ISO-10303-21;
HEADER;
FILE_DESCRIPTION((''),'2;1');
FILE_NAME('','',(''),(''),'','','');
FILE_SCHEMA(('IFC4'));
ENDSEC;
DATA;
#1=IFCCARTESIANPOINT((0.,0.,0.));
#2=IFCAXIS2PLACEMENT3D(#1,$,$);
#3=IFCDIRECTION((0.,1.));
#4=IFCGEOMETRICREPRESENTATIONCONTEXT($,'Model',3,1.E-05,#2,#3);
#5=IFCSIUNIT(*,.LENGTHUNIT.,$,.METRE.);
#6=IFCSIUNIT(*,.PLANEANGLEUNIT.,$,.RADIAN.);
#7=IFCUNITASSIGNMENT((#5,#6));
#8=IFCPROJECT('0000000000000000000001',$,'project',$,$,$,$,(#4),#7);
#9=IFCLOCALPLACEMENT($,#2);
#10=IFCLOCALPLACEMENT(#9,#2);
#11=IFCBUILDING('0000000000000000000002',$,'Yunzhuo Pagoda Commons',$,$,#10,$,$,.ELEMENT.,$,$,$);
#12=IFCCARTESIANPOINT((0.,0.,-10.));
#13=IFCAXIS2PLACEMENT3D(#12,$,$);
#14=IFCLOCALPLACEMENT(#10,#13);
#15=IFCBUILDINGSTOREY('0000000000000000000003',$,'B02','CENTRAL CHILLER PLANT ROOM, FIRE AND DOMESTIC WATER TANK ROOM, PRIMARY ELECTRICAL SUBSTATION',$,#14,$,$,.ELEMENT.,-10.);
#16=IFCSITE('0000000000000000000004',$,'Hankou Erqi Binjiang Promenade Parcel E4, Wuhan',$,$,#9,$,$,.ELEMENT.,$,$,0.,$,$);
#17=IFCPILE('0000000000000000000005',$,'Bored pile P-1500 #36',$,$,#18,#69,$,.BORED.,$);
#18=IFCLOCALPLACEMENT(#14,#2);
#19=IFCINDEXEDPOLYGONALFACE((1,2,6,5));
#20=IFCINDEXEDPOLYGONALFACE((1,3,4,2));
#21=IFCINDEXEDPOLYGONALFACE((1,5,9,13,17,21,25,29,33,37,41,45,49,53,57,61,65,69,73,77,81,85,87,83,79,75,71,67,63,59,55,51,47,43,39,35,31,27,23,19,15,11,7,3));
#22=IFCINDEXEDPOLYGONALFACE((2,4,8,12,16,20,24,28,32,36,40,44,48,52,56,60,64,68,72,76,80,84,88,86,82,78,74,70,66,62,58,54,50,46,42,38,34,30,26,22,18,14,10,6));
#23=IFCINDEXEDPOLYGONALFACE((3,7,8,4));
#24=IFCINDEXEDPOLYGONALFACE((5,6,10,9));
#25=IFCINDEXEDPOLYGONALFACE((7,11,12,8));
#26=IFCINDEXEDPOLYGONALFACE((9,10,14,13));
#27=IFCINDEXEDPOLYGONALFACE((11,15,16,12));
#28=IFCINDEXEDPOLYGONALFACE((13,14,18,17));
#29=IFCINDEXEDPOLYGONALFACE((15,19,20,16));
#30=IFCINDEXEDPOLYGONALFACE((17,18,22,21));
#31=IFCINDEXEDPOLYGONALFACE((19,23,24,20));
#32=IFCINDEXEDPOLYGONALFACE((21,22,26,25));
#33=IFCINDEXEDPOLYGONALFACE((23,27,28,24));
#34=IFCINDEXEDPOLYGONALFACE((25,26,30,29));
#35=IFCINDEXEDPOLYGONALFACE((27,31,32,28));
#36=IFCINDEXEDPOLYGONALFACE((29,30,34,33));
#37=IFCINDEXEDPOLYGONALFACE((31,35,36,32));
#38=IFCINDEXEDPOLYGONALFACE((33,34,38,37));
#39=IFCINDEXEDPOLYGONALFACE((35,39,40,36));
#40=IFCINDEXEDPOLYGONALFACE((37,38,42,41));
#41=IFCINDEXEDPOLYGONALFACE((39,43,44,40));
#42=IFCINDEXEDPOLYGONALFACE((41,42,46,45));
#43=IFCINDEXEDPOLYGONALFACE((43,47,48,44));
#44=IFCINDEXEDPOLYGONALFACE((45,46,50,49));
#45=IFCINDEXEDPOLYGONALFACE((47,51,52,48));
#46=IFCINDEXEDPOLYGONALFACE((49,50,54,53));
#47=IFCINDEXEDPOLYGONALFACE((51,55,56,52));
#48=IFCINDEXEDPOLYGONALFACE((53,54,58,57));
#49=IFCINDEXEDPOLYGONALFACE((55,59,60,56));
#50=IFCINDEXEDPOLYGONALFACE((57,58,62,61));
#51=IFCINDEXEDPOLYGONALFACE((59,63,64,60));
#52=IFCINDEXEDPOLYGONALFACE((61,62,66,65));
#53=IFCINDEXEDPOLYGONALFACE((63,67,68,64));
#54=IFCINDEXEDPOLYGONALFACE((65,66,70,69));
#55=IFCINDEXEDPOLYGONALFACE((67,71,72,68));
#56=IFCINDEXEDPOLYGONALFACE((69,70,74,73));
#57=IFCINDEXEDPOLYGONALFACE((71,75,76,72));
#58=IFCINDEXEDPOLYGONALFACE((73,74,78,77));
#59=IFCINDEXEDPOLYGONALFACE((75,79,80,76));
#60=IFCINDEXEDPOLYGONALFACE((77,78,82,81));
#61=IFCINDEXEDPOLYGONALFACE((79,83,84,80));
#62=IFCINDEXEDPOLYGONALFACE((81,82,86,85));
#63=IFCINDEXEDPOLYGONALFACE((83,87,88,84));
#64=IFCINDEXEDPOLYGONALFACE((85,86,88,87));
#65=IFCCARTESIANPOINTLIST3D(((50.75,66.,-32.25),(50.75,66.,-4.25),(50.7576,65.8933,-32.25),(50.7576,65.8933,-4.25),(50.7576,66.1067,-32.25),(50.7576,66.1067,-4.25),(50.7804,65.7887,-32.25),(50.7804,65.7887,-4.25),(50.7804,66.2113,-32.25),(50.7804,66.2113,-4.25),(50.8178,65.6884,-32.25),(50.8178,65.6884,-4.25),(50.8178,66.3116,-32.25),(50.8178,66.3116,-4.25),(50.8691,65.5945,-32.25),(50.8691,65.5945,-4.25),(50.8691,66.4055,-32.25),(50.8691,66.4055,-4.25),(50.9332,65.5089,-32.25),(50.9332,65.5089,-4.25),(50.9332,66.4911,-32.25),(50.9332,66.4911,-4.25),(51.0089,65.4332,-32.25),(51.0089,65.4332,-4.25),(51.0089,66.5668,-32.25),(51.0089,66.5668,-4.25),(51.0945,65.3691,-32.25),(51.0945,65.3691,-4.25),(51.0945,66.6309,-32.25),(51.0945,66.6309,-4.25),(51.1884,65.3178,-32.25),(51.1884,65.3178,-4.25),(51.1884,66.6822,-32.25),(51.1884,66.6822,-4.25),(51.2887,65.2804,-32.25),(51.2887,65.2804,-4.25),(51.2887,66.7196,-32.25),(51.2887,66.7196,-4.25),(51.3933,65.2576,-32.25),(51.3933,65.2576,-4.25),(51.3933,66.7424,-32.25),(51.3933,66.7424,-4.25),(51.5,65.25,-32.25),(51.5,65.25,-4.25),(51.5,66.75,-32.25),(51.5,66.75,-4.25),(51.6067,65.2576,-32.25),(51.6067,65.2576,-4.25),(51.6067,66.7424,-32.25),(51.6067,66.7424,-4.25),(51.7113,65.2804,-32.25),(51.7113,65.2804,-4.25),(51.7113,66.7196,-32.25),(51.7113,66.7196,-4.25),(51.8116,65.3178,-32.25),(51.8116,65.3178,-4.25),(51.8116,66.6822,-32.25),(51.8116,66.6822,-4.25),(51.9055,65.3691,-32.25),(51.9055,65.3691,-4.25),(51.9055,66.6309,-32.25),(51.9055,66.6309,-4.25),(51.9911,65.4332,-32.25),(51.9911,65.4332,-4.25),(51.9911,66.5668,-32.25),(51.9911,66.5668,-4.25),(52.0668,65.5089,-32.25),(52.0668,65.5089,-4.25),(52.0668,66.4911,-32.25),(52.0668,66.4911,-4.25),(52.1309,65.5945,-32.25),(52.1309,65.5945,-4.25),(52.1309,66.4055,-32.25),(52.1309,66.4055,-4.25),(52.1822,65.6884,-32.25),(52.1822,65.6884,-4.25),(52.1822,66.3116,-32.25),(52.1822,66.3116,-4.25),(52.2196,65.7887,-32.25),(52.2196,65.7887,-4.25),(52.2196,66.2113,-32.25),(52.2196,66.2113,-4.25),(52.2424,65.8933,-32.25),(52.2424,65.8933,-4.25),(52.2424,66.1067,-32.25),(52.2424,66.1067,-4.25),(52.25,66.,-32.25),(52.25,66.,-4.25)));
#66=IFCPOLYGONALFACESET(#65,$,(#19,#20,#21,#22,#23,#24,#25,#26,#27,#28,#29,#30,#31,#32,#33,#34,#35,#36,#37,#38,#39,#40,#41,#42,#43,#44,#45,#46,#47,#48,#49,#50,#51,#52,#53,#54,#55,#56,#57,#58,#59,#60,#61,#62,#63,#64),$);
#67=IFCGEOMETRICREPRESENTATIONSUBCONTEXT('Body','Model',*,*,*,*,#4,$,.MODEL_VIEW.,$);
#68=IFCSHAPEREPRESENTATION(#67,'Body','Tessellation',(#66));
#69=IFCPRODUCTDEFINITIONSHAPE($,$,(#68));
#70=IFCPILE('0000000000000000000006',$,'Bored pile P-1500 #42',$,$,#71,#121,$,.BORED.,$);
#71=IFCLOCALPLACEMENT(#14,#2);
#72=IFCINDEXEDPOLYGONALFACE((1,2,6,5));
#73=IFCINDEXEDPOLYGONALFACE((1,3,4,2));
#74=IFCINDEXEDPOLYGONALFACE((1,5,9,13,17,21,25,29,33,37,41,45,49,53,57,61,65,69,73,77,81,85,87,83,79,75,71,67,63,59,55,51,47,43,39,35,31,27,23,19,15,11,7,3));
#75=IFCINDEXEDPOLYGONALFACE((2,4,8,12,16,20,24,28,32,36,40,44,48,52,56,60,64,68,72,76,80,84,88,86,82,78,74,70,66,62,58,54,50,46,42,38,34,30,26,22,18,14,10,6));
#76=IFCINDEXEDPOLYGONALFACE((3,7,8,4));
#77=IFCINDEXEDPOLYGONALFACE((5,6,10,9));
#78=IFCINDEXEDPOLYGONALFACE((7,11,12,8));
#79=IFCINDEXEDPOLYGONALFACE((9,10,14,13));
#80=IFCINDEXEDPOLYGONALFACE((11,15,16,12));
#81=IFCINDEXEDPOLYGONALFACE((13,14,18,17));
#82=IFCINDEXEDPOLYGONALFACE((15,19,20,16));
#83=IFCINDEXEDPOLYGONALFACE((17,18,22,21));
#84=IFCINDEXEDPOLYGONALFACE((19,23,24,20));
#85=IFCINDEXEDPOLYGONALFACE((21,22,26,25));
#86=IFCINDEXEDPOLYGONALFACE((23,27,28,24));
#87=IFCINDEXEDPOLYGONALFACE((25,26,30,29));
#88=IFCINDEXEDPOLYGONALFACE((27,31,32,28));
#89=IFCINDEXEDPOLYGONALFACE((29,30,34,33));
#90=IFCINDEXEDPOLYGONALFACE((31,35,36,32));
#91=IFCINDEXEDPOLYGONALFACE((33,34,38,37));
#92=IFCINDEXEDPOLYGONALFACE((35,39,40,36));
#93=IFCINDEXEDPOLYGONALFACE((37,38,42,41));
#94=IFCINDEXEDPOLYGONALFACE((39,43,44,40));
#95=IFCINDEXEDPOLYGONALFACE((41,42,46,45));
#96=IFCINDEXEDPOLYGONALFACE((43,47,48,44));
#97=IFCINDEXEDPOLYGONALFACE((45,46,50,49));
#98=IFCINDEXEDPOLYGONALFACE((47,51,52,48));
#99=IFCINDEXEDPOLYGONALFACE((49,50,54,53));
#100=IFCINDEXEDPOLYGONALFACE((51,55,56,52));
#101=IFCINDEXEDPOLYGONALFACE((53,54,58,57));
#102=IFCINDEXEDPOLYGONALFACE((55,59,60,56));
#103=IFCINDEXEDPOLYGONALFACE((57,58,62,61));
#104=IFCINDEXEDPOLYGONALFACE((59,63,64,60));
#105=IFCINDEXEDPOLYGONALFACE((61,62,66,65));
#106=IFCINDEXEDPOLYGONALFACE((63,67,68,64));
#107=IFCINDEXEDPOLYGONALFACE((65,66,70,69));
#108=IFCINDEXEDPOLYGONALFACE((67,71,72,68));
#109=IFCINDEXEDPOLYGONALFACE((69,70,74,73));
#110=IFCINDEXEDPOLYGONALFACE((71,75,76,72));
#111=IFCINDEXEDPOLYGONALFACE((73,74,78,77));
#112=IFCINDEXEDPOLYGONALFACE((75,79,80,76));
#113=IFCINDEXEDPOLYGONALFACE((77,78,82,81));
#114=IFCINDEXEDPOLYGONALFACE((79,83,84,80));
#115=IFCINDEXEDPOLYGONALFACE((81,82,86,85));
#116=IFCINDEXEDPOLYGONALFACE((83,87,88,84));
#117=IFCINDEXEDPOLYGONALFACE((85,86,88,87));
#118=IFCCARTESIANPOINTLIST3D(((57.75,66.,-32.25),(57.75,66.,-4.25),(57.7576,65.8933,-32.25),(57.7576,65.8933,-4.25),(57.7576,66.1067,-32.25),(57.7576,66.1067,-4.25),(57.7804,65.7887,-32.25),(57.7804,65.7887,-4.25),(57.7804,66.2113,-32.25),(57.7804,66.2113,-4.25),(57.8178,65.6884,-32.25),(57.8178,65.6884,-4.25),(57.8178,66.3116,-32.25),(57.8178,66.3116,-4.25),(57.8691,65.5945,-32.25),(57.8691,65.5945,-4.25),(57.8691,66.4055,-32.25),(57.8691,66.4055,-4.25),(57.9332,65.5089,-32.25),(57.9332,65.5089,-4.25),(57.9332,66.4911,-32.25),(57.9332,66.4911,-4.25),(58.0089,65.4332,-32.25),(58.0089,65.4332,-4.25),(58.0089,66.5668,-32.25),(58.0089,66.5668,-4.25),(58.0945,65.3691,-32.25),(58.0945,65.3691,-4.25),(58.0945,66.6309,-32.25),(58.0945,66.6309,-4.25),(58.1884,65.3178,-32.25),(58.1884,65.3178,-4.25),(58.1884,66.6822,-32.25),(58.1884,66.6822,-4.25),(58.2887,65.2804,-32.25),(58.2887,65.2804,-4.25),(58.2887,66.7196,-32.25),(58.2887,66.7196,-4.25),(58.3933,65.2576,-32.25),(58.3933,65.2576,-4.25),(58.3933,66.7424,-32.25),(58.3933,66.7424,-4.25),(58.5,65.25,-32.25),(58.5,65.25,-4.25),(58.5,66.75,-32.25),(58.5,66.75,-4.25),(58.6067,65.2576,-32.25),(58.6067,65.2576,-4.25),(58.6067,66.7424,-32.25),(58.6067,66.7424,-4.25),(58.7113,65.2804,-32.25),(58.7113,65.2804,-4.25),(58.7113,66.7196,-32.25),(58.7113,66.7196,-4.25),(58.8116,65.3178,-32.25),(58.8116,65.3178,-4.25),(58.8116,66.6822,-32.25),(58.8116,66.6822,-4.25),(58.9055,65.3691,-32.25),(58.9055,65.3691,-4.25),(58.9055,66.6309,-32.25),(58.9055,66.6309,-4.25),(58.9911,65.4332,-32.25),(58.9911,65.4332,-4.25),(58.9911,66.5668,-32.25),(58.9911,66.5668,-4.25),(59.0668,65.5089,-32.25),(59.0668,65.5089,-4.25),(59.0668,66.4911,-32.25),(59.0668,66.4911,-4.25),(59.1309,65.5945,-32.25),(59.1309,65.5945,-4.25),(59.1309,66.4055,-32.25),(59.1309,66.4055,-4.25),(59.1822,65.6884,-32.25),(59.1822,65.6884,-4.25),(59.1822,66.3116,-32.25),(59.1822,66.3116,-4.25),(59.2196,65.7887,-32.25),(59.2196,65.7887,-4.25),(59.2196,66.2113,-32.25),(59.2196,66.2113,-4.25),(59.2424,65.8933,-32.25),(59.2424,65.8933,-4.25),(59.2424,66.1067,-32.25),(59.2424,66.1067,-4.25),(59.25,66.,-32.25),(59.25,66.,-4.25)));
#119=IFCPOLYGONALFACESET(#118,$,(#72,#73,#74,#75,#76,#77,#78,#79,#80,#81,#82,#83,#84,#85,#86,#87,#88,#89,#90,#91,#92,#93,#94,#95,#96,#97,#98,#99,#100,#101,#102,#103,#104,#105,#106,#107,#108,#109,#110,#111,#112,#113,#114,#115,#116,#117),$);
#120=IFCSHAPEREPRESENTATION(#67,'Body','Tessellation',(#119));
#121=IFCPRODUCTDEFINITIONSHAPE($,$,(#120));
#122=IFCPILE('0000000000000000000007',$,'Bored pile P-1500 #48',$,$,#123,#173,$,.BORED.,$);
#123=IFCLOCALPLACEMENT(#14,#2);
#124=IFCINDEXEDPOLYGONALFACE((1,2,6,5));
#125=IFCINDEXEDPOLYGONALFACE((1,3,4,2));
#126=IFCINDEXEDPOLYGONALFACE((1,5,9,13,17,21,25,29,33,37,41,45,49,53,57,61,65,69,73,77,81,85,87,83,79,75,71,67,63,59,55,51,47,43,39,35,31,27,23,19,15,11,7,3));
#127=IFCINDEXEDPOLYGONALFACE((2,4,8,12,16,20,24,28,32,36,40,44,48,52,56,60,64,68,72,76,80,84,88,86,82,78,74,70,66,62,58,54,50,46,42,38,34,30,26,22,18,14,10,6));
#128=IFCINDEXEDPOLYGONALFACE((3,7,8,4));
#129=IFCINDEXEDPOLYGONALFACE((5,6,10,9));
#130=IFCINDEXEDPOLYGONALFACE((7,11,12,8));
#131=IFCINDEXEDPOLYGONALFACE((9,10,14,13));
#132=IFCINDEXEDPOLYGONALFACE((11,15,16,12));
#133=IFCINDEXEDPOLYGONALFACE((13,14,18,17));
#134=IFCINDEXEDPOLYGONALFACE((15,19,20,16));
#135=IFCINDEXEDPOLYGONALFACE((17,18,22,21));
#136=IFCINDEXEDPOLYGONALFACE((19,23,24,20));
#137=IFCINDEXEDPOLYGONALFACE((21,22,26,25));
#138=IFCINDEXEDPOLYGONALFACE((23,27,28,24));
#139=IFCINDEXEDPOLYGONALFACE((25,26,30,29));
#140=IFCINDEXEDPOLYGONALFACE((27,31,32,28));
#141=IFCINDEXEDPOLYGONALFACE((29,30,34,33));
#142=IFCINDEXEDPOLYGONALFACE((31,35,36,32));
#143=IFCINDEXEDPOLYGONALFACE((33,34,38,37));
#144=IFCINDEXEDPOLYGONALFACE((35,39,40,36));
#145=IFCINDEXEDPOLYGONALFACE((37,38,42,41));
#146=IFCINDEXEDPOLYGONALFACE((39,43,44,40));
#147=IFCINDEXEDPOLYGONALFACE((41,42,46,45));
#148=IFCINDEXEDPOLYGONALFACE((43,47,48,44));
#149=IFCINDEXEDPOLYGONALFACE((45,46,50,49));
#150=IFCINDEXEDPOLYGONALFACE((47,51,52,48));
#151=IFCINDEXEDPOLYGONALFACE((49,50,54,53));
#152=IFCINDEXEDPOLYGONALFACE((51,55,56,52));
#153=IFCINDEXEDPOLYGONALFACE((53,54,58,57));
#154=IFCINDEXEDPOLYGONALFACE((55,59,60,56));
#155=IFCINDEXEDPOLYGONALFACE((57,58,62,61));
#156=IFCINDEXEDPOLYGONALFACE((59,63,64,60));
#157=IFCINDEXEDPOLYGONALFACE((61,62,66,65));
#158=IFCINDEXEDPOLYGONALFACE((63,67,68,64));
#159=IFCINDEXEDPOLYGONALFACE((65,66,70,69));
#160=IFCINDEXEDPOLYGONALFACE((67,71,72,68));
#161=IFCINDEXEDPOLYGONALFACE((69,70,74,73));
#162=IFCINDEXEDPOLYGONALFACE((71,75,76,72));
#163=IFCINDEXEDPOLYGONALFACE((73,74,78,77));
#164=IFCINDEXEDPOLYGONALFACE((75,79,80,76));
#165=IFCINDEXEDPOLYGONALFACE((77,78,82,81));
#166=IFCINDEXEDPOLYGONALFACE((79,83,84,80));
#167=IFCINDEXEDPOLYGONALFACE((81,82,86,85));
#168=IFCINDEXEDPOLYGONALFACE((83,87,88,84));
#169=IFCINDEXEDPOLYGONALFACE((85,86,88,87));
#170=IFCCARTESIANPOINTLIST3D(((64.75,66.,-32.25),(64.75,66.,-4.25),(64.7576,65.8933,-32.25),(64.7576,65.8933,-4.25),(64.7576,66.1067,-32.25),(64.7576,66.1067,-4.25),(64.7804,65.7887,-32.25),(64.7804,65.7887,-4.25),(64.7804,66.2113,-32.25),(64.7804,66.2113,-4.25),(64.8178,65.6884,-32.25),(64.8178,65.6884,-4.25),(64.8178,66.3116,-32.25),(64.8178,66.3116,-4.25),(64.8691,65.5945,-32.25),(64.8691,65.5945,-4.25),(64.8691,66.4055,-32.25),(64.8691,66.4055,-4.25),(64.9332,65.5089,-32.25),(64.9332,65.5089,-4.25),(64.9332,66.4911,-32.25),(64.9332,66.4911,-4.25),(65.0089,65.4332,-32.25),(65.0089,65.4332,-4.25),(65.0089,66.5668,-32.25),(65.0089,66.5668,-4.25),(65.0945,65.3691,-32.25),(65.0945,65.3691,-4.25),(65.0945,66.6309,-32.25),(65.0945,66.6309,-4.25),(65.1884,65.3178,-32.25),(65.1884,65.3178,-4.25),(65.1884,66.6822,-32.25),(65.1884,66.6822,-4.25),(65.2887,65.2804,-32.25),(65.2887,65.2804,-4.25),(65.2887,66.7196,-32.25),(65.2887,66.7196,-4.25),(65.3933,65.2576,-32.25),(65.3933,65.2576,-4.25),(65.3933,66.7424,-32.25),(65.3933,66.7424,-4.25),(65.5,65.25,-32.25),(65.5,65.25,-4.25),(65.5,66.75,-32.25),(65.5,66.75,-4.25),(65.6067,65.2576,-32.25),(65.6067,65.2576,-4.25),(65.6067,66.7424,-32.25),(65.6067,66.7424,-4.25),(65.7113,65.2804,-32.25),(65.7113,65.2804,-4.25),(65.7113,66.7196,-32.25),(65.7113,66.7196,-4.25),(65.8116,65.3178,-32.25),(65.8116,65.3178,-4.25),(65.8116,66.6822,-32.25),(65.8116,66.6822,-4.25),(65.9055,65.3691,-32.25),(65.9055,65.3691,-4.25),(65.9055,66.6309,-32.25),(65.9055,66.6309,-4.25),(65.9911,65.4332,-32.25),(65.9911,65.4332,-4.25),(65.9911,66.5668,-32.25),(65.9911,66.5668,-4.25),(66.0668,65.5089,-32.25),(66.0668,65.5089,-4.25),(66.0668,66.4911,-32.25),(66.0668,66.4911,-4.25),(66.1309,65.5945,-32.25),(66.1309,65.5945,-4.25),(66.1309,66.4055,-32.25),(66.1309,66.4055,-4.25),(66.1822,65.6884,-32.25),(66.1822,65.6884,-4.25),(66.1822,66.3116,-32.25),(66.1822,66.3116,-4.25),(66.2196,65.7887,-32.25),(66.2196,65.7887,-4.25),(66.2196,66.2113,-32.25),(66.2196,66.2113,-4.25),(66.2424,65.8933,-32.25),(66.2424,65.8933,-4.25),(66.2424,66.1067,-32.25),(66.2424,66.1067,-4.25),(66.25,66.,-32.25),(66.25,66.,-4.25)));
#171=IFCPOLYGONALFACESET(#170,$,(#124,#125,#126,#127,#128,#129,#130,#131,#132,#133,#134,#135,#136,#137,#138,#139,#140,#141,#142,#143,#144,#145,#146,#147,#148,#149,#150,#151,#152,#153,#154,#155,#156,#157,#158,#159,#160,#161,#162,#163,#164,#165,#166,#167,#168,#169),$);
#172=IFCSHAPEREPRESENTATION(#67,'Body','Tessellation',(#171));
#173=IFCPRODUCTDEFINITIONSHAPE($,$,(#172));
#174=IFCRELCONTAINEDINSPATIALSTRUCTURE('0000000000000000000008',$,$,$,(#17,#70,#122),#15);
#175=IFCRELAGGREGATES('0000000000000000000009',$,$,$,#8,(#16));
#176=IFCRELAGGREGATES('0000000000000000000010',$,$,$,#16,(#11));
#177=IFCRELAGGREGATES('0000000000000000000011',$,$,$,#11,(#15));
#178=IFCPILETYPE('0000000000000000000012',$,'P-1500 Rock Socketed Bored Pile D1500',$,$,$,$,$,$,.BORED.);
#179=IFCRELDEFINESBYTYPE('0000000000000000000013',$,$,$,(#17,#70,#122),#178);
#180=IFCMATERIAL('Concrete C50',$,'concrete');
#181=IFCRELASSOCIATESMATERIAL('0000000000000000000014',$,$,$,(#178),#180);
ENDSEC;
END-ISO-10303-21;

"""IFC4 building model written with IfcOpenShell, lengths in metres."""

from ifc_helpers import new_model, si_unit, direction, frame, origin, origin_2d, place, context, subcontext, project, spatial, circle, extrude, source, transform, mapped, material, material_profile, profile_set, type_object, element, save


model = new_model("IFC4")

# Units and contexts
model_context = context("Model", 3, precision=1e-05, world=origin(), true_north=direction((0.0, 1.0)))
body_context = subcontext(model_context, "Body", "Model", "MODEL_VIEW")
ifc_project = project(units=[si_unit("LENGTHUNIT", "METRE"), si_unit("PLANEANGLEUNIT", "RADIAN")], contexts=[model_context])

# Site, building, storey
site_placement = place(None, origin())
site = spatial("IfcSite", under=ifc_project, at=site_placement, Name="Hankou Erqi Binjiang Promenade Parcel E4, Wuhan", CompositionType="ELEMENT", RefElevation=0.0)
building_placement = place(site_placement, origin())
building = spatial("IfcBuilding", under=site, at=building_placement, Name="Yunzhuo Pagoda Commons", CompositionType="ELEMENT")
storey_placement = place(building_placement, frame((0.0, 0.0, -10.0)))
storey = spatial("IfcBuildingStorey", under=building, at=storey_placement, Name="B02", Description="CENTRAL CHILLER PLANT ROOM, FIRE AND DOMESTIC WATER TANK ROOM, PRIMARY ELECTRICAL SUBSTATION", CompositionType="ELEMENT", Elevation=-10.0)

# Piles
ifc_material_1 = material(Name="Concrete C50", Category="concrete")
ifc_material_profile_1 = material_profile(ifc_material_1, circle(Radius=0.75, at=origin_2d()), Name="Concrete C50")
ifc_profile_set_1 = profile_set([ifc_material_profile_1], Name="Concrete C50")
pile_type_1 = type_object("IfcPileType", Name="P-1500 Rock Socketed Bored Pile D1500", PredefinedType="BORED", material=ifc_profile_set_1)
shared_shape_1 = source(origin(), body_context, "Body", "SweptSolid", [
    extrude(circle(Radius=0.75, at=origin_2d()), origin(), (0.0, 0.0, 1.0), 28.0),
])
for number, where, z_axis, x_axis, name in (
    (1, (51.5, 66.0, -4.25), (0.0, 0.0, -1.0), (1.0, 0.0, 0.0), "Bored pile P-1500 #36"),
    (2, (58.5, 66.0, -4.25), (0.0, 0.0, -1.0), (1.0, 0.0, 0.0), "Bored pile P-1500 #42"),
    (3, (65.5, 66.0, -4.25), (0.0, 0.0, -1.0), (1.0, 0.0, 0.0), "Bored pile P-1500 #48"),
):
    element("IfcPile", number, at=place(storey_placement, frame(where, z_axis=z_axis, x_axis=x_axis)), inside=storey, type_object=pile_type_1, Name=name, PredefinedType="BORED", context=body_context, shape_type="MappedRepresentation", body=[
        mapped(shared_shape_1, transform((0.0, 0.0, 0.0), scale=1.0)),
    ])

save(model, "model.ifc")
